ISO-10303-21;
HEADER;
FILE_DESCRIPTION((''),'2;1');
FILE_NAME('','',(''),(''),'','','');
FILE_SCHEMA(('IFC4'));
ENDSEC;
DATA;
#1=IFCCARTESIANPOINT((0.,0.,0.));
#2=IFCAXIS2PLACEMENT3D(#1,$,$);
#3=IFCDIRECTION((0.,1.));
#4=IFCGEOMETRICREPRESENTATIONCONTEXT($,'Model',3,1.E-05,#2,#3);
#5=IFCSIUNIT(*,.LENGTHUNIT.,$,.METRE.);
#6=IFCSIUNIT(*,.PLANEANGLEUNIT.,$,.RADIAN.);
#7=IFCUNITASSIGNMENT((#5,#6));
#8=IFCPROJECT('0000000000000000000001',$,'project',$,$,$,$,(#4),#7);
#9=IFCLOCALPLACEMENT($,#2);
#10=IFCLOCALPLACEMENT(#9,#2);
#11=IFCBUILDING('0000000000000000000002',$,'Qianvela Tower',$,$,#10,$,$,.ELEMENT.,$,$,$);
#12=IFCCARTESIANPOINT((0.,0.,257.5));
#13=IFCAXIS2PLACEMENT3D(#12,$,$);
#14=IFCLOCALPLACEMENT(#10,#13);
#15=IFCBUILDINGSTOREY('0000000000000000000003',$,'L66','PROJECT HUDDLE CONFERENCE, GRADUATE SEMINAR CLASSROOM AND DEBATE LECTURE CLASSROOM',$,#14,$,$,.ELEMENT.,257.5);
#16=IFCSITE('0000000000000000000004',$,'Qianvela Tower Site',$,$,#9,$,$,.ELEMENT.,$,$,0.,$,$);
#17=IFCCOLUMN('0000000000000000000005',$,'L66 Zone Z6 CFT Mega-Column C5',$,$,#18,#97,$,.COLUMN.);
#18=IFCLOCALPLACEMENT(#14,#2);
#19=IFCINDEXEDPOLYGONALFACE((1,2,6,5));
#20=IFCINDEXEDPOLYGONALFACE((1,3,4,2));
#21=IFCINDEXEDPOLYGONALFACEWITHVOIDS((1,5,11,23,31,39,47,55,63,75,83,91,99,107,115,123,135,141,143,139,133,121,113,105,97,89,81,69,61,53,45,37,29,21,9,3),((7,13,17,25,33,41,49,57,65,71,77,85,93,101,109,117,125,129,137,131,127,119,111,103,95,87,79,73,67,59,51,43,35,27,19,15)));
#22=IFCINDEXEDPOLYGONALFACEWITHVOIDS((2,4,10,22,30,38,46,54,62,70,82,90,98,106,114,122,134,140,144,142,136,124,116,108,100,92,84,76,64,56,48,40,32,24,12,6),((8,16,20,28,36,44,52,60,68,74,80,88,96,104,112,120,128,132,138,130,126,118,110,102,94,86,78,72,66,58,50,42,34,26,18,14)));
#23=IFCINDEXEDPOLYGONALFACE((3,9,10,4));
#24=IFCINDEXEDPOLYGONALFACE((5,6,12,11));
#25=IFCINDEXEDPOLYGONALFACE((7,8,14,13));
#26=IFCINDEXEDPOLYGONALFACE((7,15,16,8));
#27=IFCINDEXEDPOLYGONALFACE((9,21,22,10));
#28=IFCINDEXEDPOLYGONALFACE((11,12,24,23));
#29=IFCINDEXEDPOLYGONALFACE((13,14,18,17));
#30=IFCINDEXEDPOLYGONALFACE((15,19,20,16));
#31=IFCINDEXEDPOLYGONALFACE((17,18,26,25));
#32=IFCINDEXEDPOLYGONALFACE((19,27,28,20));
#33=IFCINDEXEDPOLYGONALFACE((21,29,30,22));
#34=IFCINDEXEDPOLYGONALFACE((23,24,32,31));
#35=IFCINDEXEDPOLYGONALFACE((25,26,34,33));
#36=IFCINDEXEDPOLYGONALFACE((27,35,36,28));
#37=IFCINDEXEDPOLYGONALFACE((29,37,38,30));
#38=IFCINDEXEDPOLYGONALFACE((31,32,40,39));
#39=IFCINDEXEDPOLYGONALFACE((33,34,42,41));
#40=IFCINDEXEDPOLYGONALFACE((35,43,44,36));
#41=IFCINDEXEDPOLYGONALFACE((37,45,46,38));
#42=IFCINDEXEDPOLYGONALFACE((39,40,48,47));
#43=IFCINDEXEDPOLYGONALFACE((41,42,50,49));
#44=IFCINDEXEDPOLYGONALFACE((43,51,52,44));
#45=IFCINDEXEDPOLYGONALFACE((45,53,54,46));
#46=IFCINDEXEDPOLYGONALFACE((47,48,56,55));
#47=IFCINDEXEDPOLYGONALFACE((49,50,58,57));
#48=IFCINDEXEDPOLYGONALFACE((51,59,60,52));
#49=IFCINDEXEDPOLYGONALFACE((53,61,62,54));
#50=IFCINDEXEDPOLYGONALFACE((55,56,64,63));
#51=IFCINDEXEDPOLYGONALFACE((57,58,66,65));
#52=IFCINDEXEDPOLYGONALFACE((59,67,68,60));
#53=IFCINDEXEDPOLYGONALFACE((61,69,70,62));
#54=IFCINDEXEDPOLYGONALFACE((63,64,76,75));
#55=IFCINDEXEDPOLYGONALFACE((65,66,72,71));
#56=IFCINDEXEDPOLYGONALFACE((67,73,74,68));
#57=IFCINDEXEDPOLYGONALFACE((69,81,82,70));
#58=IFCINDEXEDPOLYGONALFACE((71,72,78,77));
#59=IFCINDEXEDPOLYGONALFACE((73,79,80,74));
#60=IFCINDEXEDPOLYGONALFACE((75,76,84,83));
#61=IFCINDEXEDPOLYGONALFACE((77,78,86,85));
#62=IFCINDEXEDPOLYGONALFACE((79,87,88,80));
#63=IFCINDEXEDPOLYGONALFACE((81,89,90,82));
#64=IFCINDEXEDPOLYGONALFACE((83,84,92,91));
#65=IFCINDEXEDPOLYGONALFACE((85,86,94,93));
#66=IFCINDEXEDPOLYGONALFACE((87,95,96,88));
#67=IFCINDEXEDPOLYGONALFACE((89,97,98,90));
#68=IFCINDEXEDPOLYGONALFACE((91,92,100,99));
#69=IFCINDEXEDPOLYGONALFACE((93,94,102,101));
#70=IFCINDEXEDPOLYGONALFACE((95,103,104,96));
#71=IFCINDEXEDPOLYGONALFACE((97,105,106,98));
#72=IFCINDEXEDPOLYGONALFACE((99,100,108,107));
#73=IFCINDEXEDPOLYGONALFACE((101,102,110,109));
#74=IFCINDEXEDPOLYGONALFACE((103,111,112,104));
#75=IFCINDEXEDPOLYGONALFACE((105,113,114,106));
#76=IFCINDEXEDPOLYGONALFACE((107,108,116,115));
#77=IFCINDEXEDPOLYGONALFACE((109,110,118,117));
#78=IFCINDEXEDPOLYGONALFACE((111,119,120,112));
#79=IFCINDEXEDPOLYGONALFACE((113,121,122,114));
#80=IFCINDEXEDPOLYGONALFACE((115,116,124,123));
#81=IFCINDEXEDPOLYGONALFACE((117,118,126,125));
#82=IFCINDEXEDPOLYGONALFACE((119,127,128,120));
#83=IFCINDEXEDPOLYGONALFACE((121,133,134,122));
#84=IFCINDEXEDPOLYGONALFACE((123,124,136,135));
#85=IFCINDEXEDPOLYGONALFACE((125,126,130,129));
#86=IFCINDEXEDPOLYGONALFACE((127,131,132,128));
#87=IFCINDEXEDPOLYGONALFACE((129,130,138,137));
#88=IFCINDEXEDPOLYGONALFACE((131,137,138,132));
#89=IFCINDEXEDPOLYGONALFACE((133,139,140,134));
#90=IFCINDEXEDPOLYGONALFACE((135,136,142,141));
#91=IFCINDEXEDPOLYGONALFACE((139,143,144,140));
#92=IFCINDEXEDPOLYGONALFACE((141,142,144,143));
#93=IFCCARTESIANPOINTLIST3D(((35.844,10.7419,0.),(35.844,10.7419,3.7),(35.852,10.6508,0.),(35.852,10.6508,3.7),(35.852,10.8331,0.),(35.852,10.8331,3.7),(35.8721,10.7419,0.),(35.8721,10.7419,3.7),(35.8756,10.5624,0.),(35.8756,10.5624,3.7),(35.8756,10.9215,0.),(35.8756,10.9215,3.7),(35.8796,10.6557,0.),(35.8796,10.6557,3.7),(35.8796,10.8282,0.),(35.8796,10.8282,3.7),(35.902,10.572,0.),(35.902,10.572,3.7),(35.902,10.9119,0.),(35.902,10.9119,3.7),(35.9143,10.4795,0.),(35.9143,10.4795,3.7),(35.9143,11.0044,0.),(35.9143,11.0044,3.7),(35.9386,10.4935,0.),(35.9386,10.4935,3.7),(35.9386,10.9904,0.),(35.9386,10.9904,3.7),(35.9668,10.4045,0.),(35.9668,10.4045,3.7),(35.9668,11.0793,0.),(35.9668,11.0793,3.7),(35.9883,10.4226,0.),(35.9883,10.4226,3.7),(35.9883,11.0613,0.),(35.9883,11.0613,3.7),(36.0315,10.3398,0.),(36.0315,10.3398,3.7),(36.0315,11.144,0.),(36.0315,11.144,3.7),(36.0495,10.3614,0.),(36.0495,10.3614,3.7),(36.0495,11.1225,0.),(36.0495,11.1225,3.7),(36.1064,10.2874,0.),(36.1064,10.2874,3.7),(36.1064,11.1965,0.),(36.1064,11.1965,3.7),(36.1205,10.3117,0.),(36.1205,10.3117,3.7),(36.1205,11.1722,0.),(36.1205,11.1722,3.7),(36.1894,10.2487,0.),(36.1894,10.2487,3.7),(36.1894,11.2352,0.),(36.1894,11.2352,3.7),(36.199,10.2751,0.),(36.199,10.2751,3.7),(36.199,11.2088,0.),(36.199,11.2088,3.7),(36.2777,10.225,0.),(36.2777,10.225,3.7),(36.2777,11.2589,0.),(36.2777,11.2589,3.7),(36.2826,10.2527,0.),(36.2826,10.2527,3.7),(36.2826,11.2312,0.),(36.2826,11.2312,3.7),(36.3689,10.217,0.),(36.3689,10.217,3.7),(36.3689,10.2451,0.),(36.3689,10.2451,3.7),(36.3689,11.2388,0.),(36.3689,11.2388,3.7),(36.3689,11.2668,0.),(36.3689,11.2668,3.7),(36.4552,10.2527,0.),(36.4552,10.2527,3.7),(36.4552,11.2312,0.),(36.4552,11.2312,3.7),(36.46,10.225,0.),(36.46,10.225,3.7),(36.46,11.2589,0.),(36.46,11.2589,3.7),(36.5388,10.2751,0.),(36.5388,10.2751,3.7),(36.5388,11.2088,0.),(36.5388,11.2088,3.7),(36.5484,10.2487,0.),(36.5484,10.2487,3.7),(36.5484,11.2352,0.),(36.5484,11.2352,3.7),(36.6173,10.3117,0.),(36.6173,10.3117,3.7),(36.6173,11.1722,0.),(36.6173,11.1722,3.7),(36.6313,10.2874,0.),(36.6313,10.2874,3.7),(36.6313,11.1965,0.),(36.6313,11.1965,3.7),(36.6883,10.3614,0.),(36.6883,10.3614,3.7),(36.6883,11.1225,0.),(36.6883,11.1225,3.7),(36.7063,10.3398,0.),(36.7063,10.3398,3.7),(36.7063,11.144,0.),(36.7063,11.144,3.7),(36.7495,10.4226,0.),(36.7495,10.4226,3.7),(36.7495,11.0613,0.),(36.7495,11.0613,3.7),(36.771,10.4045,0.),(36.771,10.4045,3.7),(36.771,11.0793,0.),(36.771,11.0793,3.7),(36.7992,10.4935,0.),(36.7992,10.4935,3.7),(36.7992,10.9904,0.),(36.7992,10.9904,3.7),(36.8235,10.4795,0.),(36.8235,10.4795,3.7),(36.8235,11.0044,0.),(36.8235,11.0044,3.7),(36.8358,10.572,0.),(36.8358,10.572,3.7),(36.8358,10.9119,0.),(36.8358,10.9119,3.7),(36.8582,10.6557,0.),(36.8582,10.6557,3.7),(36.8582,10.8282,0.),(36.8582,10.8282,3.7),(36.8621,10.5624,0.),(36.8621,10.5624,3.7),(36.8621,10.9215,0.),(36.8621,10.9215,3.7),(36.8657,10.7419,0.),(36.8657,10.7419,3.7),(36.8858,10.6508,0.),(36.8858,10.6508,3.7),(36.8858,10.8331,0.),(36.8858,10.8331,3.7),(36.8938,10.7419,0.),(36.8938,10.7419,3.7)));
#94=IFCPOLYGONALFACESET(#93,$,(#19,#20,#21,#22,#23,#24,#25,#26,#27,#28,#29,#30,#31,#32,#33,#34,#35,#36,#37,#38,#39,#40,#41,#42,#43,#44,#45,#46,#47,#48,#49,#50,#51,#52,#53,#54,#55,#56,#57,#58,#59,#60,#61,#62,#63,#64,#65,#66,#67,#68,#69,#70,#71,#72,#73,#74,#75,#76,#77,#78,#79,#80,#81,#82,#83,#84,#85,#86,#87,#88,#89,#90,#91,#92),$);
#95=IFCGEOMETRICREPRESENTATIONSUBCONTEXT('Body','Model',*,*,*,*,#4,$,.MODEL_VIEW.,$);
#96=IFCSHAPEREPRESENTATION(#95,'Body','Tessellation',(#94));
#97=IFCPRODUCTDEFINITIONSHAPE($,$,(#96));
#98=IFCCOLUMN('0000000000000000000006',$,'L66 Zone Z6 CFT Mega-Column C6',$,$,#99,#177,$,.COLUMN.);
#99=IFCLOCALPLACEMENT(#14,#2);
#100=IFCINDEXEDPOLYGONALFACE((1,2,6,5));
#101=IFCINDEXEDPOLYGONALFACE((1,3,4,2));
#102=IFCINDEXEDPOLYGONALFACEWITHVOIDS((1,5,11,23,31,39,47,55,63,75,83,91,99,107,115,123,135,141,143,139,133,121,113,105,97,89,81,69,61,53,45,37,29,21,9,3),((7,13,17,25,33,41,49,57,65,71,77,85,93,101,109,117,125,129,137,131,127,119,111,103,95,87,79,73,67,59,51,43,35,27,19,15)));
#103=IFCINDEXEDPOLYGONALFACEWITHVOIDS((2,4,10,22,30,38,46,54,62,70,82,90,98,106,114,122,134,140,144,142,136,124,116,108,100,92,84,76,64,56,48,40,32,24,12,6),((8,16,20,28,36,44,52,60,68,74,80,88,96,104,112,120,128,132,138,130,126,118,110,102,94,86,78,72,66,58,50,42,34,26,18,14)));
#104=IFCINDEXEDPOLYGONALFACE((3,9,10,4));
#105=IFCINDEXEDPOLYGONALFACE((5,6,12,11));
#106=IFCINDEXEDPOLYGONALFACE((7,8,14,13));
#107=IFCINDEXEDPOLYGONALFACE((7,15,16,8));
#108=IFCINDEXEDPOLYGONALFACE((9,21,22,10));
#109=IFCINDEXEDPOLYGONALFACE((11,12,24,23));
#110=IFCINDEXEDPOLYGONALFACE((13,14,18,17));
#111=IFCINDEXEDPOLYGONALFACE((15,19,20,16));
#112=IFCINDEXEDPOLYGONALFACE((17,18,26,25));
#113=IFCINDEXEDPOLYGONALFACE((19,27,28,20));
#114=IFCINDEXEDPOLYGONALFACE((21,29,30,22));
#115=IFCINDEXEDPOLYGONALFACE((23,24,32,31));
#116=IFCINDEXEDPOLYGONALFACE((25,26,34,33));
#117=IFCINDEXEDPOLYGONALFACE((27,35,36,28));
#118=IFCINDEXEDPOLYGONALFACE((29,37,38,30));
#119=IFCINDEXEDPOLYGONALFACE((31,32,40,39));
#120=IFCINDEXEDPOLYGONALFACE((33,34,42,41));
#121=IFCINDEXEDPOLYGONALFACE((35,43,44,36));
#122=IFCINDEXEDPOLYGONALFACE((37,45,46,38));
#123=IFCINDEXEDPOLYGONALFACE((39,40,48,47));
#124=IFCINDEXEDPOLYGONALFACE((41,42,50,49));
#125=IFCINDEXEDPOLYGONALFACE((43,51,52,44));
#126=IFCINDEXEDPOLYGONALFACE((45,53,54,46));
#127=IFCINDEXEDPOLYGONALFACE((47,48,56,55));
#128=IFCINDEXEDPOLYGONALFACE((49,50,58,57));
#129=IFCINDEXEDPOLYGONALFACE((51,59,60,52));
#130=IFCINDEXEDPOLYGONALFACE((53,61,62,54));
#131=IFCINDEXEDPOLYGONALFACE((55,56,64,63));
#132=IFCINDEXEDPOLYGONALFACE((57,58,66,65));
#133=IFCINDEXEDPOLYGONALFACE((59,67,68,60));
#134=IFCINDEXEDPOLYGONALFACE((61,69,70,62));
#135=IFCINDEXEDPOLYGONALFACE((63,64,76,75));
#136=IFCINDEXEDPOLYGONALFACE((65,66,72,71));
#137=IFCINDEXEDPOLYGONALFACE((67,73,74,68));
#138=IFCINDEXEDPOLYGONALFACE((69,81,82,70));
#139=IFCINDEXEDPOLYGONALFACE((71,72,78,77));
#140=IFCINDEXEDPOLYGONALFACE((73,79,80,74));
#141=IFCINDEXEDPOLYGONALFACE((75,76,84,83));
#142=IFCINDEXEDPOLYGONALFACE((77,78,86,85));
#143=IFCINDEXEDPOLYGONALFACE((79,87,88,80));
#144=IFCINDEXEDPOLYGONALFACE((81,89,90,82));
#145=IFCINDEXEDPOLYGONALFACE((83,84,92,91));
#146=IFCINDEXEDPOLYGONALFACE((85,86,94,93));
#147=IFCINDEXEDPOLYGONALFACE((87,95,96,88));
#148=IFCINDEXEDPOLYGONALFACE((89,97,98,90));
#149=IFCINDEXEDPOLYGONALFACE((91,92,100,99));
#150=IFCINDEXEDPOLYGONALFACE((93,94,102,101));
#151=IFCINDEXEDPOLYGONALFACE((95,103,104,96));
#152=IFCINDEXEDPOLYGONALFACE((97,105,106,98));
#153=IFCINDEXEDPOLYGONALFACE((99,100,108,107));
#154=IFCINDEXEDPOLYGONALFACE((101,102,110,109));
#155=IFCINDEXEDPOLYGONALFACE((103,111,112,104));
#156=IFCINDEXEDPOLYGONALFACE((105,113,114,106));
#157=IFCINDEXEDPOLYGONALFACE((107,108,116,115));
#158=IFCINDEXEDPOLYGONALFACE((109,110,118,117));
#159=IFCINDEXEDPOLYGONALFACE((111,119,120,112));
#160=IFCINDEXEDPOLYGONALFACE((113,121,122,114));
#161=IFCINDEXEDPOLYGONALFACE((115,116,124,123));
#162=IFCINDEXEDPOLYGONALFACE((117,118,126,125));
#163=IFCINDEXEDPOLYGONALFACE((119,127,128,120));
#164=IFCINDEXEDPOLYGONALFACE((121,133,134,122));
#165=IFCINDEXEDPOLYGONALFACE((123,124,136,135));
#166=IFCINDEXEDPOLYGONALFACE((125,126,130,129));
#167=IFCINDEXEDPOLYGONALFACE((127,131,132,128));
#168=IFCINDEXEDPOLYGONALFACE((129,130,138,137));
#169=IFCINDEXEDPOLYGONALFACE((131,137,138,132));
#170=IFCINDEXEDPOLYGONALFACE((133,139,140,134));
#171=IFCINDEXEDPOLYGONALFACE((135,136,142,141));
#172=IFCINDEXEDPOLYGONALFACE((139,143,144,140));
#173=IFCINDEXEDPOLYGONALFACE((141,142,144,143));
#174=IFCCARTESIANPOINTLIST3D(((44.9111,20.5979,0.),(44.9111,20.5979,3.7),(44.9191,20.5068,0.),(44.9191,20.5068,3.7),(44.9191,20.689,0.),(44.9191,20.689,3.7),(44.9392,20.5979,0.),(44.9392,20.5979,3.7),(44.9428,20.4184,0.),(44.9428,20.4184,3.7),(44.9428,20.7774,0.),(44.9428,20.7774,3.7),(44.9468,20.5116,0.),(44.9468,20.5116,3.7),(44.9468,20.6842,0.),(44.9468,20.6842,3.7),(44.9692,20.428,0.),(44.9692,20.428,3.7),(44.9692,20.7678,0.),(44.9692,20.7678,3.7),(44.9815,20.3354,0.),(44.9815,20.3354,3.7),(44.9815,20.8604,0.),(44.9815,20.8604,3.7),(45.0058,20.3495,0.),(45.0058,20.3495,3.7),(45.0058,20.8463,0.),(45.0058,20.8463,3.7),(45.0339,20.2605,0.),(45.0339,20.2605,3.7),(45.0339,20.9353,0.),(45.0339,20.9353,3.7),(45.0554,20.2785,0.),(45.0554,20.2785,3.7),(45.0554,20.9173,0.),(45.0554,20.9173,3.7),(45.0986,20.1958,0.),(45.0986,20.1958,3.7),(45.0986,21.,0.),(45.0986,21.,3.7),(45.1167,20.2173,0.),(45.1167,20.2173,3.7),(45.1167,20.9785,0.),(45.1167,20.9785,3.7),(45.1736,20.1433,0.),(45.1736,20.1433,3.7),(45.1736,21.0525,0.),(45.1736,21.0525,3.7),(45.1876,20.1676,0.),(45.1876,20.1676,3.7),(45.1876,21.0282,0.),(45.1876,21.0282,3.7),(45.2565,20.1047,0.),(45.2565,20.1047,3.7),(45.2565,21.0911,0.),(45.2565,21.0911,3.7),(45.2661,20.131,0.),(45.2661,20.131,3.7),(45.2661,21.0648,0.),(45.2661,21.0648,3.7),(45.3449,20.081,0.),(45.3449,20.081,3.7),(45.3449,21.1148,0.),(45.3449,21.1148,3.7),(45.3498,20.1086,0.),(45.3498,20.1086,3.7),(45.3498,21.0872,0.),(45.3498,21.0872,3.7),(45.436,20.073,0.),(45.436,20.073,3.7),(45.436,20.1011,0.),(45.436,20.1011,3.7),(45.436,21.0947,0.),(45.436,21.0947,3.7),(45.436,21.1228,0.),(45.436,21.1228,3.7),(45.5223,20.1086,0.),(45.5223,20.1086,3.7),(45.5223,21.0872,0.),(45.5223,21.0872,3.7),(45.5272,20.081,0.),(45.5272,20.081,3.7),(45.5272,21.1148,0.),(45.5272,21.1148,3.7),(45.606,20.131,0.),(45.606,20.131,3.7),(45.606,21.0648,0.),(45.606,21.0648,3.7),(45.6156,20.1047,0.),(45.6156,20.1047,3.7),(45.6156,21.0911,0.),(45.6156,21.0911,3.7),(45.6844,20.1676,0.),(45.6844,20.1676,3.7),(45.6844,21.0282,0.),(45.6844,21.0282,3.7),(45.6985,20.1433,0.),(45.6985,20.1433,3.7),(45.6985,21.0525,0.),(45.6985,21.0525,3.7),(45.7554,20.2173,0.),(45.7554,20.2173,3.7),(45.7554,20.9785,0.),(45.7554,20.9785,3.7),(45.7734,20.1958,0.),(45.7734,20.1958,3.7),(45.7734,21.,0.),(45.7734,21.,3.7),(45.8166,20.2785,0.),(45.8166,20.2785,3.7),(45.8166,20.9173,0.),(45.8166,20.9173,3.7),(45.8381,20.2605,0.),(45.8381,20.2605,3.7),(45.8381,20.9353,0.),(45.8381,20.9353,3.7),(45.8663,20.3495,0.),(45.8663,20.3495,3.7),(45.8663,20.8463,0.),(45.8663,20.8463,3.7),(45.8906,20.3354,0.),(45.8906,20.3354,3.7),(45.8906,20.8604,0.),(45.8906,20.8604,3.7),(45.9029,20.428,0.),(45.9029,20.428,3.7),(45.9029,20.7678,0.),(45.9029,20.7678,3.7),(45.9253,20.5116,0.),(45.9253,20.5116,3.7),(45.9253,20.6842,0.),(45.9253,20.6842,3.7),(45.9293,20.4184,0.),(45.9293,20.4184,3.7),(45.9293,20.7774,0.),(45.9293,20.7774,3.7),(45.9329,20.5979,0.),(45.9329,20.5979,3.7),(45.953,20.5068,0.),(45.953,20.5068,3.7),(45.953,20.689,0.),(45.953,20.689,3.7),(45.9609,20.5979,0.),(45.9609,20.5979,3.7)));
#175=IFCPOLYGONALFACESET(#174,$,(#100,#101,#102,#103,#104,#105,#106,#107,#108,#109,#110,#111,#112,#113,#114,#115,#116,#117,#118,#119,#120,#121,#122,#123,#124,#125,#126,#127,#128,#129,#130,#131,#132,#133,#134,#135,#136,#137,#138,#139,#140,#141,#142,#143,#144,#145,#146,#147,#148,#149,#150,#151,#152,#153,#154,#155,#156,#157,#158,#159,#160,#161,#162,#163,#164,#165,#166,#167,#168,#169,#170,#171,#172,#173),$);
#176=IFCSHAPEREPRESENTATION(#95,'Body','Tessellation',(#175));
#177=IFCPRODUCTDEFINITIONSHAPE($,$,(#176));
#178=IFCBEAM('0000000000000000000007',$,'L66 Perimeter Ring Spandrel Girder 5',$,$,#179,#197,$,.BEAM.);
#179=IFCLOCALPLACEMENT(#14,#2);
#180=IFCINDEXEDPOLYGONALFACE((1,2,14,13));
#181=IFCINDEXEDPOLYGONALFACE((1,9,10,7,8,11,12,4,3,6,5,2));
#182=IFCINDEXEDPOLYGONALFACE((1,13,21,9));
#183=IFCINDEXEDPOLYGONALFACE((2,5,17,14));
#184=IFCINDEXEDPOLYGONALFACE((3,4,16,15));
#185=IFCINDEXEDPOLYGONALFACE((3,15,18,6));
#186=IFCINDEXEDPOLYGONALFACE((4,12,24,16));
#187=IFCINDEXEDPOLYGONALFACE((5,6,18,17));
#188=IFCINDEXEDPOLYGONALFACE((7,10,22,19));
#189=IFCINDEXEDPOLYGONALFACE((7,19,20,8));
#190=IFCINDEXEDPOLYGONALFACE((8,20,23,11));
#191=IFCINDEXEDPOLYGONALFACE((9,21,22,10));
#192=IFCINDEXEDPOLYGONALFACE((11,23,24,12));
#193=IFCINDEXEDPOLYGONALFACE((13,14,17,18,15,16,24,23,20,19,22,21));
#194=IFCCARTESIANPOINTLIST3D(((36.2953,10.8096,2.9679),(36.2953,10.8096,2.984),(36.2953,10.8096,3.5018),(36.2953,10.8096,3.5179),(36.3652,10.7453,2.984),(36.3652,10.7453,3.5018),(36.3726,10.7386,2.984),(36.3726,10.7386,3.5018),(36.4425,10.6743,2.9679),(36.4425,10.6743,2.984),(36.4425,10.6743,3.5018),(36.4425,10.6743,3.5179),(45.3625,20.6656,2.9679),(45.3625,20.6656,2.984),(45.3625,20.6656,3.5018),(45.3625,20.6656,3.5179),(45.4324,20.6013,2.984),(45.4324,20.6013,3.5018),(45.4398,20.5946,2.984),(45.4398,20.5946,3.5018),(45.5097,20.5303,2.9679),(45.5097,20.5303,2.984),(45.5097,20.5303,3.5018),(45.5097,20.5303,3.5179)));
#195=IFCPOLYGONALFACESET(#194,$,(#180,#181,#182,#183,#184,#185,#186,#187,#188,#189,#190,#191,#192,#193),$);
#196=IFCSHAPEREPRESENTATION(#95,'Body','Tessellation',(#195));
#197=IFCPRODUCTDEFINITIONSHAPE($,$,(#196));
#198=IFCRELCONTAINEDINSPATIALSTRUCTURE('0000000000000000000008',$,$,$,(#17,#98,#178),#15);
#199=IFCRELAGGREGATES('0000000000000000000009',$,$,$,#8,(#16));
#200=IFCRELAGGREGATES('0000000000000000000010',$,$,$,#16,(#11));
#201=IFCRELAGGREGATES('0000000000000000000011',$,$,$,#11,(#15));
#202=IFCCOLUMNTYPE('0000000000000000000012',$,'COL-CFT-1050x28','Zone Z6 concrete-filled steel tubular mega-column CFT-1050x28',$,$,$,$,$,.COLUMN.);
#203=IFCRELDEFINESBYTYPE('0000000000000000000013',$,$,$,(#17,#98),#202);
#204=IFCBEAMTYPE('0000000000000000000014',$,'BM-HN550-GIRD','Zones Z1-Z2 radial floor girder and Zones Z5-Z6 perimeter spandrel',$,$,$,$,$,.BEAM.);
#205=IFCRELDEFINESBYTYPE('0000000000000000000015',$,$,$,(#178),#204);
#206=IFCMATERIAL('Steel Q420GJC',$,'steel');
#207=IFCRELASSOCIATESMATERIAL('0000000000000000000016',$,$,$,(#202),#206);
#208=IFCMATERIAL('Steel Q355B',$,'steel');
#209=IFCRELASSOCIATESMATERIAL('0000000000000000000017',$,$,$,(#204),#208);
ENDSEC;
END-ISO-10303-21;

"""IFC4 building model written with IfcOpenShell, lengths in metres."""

from ifc_helpers import new_model, si_unit, direction, frame, origin, origin_2d, place, context, subcontext, project, spatial, hollow_circle, i_section, extrude, material, material_profile, profile_set, type_object, element, save


model = new_model("IFC4")

# Units and contexts
model_context = context("Model", 3, precision=1e-05, world=origin(), true_north=direction((0.0, 1.0)))
body_context = subcontext(model_context, "Body", "Model", "MODEL_VIEW")
ifc_project = project(units=[si_unit("LENGTHUNIT", "METRE"), si_unit("PLANEANGLEUNIT", "RADIAN")], contexts=[model_context])

# Site, building, storey
site_placement = place(None, origin())
site = spatial("IfcSite", under=ifc_project, at=site_placement, Name="Qianvela Tower Site", CompositionType="ELEMENT", RefElevation=0.0)
building_placement = place(site_placement, origin())
building = spatial("IfcBuilding", under=site, at=building_placement, Name="Qianvela Tower", CompositionType="ELEMENT")
storey_placement = place(building_placement, frame((0.0, 0.0, 257.5)))
storey = spatial("IfcBuildingStorey", under=building, at=storey_placement, Name="L66", Description="PROJECT HUDDLE CONFERENCE, GRADUATE SEMINAR CLASSROOM AND DEBATE LECTURE CLASSROOM", CompositionType="ELEMENT", Elevation=257.5)

# Columns
ifc_material_1 = material(Name="Steel Q420GJC", Category="steel")
ifc_material_profile_1 = material_profile(ifc_material_1, hollow_circle(Radius=0.5249, WallThickness=0.0281, at=origin_2d()), Name="CFT-1050x28")
ifc_profile_set_1 = profile_set([ifc_material_profile_1], Name="Steel Q420GJC")
column_type = type_object("IfcColumnType", Name="COL-CFT-1050x28", Description="Zone Z6 concrete-filled steel tubular mega-column CFT-1050x28", PredefinedType="COLUMN", material=ifc_profile_set_1)
for number, where, z_axis, x_axis, name in (
    (1, (36.3689, 10.7419, 0.0), (0.0, 0.0, 1.0), (1.0, 0.0, 0.0), "L66 Zone Z6 CFT Mega-Column C5"),
    (2, (45.436, 20.5979, 0.0), (0.0, 0.0, 1.0), (1.0, 0.0, 0.0), "L66 Zone Z6 CFT Mega-Column C6"),
):
    element("IfcColumn", number, at=place(storey_placement, frame(where, z_axis=z_axis, x_axis=x_axis)), inside=storey, type_object=column_type, Name=name, PredefinedType="COLUMN", context=body_context, shape_type="SweptSolid", body=[
        extrude(hollow_circle(Radius=0.5249, WallThickness=0.0281, at=origin_2d()), origin(), (0.0, 0.0, 1.0), 3.7),
    ])

# Beam
ifc_material_2 = material(Name="Steel Q355B", Category="steel")
ifc_material_profile_2 = material_profile(ifc_material_2, i_section(OverallWidth=0.2, OverallDepth=0.55, WebThickness=0.01, FlangeThickness=0.0161, at=origin_2d()), Name="HN550x200x10x16")
ifc_profile_set_2 = profile_set([ifc_material_profile_2], Name="Steel Q355B")
beam_type_1 = type_object("IfcBeamType", Name="BM-HN550-GIRD", Description="Zones Z1-Z2 radial floor girder and Zones Z5-Z6 perimeter spandrel", PredefinedType="BEAM", material=ifc_profile_set_2)
beam_1_placement = place(storey_placement, frame((36.3689, 10.7419, 3.2429), z_axis=(0.677043, 0.735944, 0.0), x_axis=(-0.735944, 0.677043, 0.0)))
element("IfcBeam", 3, at=beam_1_placement, inside=storey, type_object=beam_type_1, Name="L66 Perimeter Ring Spandrel Girder 5", PredefinedType="BEAM", context=body_context, shape_type="SweptSolid", body=[
    extrude(i_section(OverallWidth=0.2, OverallDepth=0.55, WebThickness=0.01, FlangeThickness=0.0161, at=origin_2d()), origin(), (0.0, 0.0, 1.0), 13.3923),
])

save(model, "model.ifc")
